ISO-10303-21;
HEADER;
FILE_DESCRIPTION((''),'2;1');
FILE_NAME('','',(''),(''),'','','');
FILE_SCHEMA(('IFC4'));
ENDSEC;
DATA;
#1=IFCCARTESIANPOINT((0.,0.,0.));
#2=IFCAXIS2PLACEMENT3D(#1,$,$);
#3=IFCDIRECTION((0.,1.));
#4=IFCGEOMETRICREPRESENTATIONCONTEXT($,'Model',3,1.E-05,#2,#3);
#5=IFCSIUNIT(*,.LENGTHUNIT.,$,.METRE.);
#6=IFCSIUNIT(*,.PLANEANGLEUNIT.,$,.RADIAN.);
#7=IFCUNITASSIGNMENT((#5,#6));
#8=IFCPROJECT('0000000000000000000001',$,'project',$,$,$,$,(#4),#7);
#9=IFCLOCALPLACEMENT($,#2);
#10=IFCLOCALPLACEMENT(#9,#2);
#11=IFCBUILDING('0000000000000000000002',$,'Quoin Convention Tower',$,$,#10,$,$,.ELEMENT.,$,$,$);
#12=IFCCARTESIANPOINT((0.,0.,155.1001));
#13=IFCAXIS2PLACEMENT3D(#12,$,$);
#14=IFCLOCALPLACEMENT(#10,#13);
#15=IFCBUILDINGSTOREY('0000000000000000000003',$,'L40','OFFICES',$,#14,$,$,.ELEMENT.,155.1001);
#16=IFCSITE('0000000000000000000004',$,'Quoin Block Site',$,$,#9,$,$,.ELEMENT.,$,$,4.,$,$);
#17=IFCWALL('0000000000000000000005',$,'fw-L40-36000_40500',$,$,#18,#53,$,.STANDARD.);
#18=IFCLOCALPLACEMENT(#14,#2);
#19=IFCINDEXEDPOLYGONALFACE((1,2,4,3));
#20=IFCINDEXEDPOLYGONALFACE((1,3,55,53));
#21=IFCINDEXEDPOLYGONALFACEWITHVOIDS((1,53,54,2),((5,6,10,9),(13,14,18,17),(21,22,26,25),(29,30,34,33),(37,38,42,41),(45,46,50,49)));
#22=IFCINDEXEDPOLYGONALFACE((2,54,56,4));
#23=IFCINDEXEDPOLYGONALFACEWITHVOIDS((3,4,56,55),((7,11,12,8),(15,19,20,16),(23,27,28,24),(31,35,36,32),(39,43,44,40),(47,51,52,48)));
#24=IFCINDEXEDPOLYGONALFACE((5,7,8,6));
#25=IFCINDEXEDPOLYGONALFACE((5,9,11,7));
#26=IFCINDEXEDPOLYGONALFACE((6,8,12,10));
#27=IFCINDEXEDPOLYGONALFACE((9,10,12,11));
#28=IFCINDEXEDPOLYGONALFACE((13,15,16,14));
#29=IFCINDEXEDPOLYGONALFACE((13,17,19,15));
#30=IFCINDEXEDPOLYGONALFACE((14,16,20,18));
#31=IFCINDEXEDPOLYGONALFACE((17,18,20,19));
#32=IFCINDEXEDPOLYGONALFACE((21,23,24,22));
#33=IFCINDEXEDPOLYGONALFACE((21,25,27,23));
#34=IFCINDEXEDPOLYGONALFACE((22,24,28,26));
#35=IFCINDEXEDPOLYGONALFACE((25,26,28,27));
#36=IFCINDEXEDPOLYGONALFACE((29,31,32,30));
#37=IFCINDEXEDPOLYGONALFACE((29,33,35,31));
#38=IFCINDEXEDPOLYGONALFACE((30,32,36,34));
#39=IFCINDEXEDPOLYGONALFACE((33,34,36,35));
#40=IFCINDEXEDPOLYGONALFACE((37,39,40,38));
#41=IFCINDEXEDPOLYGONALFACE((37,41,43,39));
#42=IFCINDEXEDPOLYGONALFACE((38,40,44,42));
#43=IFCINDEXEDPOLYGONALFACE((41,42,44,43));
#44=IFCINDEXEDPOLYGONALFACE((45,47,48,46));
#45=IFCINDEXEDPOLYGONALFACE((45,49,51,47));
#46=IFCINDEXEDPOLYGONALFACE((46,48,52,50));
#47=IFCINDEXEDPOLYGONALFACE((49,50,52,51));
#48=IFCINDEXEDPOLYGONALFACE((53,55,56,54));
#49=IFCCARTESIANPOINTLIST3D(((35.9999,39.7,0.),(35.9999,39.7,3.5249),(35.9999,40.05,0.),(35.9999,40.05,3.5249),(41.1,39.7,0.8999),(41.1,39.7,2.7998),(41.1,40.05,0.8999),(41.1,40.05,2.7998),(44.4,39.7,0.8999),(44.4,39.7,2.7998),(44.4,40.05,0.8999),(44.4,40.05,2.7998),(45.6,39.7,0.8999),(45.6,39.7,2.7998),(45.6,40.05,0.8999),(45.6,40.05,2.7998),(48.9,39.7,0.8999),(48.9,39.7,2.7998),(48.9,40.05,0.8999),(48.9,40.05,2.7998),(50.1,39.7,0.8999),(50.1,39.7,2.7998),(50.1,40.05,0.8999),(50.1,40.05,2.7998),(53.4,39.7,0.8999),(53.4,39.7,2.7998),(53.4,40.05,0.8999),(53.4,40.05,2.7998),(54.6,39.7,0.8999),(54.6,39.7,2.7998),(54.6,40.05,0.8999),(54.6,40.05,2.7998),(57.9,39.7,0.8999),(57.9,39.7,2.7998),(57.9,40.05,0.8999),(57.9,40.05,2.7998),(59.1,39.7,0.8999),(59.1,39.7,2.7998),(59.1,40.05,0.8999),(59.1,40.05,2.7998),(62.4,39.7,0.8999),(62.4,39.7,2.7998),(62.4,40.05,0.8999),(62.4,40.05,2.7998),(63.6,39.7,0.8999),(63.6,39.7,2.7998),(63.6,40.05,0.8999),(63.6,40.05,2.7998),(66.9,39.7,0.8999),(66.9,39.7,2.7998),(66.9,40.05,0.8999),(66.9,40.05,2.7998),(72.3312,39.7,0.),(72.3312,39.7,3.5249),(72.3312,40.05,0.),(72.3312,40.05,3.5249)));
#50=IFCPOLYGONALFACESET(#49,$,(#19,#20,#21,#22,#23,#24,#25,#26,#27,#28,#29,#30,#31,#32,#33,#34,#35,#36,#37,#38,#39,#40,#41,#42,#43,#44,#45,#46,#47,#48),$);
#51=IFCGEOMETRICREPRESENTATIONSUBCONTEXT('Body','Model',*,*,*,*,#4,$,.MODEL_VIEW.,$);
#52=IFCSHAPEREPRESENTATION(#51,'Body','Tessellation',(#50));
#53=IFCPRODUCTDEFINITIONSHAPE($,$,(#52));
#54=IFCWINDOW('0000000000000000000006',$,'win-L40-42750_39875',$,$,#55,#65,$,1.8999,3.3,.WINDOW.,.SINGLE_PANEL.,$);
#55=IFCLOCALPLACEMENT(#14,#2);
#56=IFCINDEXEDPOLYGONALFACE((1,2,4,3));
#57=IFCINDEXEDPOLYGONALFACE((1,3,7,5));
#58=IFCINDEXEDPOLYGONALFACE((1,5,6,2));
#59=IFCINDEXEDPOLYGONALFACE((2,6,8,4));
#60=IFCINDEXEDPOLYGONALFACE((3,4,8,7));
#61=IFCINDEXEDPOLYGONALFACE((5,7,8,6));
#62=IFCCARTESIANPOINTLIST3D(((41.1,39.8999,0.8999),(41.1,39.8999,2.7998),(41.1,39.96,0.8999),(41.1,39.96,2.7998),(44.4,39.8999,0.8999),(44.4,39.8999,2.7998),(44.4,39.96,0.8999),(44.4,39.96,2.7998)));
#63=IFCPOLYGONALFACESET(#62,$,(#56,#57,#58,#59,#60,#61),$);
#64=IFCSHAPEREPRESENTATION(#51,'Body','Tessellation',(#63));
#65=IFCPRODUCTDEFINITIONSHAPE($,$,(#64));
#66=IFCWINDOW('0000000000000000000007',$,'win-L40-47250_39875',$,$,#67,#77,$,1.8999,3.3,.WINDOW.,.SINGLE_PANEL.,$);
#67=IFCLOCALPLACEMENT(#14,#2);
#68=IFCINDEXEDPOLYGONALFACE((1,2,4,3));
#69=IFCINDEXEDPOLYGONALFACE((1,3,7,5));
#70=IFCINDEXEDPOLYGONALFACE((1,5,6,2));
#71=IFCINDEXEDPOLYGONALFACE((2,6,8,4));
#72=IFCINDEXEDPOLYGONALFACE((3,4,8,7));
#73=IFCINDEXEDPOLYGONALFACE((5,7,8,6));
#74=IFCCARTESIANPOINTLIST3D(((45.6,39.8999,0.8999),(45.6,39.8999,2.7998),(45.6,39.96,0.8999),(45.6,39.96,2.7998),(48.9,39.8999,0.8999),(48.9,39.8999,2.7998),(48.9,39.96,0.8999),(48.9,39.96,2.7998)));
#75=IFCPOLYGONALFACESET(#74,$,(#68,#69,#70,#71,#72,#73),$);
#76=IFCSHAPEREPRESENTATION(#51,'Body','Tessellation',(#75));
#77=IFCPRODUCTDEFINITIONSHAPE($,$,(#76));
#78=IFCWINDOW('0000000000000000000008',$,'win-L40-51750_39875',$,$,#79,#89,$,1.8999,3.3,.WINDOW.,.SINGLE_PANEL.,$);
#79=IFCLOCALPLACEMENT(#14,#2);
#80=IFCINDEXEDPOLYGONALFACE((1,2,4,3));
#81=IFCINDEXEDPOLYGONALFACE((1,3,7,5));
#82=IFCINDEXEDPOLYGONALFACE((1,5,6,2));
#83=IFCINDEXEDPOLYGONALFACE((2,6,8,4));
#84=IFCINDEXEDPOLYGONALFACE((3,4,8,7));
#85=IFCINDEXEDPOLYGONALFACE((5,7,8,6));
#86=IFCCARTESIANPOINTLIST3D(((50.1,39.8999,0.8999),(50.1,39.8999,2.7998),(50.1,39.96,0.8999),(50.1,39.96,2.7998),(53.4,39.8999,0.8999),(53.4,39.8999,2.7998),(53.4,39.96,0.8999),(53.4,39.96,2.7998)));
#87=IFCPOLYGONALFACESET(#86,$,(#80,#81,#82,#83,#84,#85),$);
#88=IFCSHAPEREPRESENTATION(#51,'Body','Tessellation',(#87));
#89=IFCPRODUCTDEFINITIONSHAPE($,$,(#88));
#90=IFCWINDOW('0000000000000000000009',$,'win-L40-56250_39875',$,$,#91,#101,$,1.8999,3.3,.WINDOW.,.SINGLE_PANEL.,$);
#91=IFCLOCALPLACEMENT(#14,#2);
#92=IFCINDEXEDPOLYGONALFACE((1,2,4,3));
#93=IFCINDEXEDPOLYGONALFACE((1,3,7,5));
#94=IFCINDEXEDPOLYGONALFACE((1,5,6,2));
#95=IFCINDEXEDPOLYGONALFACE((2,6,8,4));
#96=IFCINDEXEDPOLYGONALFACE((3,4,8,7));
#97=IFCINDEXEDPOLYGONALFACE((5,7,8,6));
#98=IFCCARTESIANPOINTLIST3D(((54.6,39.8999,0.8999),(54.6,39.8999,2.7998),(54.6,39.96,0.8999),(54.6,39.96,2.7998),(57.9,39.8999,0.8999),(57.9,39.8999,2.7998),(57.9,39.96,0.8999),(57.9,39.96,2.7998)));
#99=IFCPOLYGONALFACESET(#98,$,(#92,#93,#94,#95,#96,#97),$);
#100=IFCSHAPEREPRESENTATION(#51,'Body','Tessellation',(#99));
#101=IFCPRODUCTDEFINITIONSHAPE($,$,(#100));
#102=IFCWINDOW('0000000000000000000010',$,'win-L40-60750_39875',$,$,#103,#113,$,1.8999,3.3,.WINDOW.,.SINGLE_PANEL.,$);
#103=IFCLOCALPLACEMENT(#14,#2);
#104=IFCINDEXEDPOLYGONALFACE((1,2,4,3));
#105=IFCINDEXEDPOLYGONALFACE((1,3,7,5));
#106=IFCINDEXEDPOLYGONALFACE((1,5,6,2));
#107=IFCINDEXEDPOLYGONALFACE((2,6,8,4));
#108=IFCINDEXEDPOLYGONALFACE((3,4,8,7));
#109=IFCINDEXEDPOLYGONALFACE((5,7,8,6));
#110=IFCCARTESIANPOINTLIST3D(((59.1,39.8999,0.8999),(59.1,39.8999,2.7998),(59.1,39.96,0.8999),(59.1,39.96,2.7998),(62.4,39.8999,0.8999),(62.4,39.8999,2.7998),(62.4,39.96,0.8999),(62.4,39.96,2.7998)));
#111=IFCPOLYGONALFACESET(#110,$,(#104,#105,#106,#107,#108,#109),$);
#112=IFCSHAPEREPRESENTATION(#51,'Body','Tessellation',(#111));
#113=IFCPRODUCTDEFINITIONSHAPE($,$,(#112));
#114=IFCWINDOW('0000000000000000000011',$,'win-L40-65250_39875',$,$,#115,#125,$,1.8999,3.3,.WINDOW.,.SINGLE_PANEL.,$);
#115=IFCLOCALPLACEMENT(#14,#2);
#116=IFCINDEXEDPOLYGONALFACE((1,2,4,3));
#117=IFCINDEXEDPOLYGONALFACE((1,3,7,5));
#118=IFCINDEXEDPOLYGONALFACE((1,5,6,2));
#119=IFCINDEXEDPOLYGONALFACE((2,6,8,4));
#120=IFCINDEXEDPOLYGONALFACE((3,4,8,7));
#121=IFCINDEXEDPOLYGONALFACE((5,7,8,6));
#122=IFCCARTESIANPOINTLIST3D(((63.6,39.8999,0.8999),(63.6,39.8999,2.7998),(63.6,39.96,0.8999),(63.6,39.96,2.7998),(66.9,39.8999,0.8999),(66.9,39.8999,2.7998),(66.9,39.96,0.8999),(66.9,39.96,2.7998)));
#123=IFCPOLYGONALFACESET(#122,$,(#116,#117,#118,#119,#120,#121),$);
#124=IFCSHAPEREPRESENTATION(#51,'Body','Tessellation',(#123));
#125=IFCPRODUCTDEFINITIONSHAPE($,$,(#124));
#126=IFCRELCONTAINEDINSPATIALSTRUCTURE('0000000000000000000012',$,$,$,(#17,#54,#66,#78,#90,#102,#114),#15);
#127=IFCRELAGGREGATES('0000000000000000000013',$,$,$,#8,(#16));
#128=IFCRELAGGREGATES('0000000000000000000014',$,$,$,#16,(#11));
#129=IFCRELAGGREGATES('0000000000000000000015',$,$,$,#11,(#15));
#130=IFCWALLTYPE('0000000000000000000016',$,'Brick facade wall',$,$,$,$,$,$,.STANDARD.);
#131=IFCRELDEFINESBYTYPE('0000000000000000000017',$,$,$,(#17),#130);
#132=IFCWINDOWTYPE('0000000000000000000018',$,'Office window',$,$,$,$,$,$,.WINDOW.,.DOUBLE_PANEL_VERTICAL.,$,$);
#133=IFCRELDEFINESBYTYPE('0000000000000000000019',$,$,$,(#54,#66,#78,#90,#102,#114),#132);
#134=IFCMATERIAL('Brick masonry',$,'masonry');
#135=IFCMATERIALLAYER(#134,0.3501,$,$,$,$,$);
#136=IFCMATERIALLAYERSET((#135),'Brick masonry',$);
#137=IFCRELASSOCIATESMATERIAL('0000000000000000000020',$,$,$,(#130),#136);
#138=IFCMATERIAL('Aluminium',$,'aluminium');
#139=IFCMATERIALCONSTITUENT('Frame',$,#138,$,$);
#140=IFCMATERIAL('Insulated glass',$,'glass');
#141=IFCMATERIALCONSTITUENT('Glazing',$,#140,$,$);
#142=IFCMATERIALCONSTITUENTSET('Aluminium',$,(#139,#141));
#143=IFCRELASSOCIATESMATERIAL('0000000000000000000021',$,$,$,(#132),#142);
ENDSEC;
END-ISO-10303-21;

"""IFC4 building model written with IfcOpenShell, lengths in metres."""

from ifc_helpers import new_model, si_unit, direction, frame, frame_2d, origin, place, context, subcontext, project, spatial, rectangle, extrude, material, layer, layer_set, constituent, constituent_set, type_object, element, fill, save


model = new_model("IFC4")

# Units and contexts
model_context = context("Model", 3, precision=1e-05, world=origin(), true_north=direction((0.0, 1.0)))
body_context = subcontext(model_context, "Body", "Model", "MODEL_VIEW")
ifc_project = project(units=[si_unit("LENGTHUNIT", "METRE"), si_unit("PLANEANGLEUNIT", "RADIAN")], contexts=[model_context])

# Site, building, storey
site_placement = place(None, origin())
site = spatial("IfcSite", under=ifc_project, at=site_placement, Name="Quoin Block Site", CompositionType="ELEMENT", RefElevation=4.0)
building_placement = place(site_placement, origin())
building = spatial("IfcBuilding", under=site, at=building_placement, Name="Quoin Convention Tower", CompositionType="ELEMENT")
storey_placement = place(building_placement, frame((0.0, 0.0, 155.1001)))
storey = spatial("IfcBuildingStorey", under=building, at=storey_placement, Name="L40", Description="OFFICES", CompositionType="ELEMENT", Elevation=155.1001)

# Wall, openings, windows
ifc_material_1 = material(Name="Brick masonry", Category="masonry")
ifc_layer_1 = layer(ifc_material_1, 0.3501)
ifc_layer_set_1 = layer_set([ifc_layer_1], Name="Brick masonry")
wall_type = type_object("IfcWallType", Name="Brick facade wall", PredefinedType="STANDARD", material=ifc_layer_set_1)
wall_1_placement = place(storey_placement, frame((36.0, 39.875, 0.0), z_axis=(0.0, 0.0, 1.0), x_axis=(1.0, 0.0, 0.0)))
wall_1 = element("IfcWall", 1, at=wall_1_placement, inside=storey, type_object=wall_type, Name="fw-L40-36000_40500", PredefinedType="STANDARD", context=body_context, shape_type="SweptSolid", body=[
    extrude(rectangle(XDim=36.3313, YDim=0.3501, at=frame_2d((18.1655, 0.0))), origin(), (0.0, 0.0, 1.0), 3.5249),
])
opening_1_placement = place(wall_1_placement, frame((5.1001, 0.0, 0.8999)))
opening_1 = element("IfcOpeningElement", 2, at=opening_1_placement, cuts=wall_1, PredefinedType="OPENING", context=body_context, shape_type="SweptSolid", body=[
    extrude(rectangle(XDim=3.3, YDim=1.8999, at=frame_2d((1.6499, 0.95))), frame((0.0, 0.1851, 0.0), z_axis=(0.0, -1.0, 0.0), x_axis=(1.0, 0.0, 0.0)), (0.0, 0.0, 1.0), 0.3701),
])
opening_2_placement = place(wall_1_placement, frame((9.6001, 0.0, 0.8999)))
opening_2 = element("IfcOpeningElement", 3, at=opening_2_placement, cuts=wall_1, PredefinedType="OPENING", context=body_context, shape_type="SweptSolid", body=[
    extrude(rectangle(XDim=3.3, YDim=1.8999, at=frame_2d((1.6499, 0.95))), frame((0.0, 0.1851, 0.0), z_axis=(0.0, -1.0, 0.0), x_axis=(1.0, 0.0, 0.0)), (0.0, 0.0, 1.0), 0.3701),
])
opening_3_placement = place(wall_1_placement, frame((14.1001, 0.0, 0.8999)))
opening_3 = element("IfcOpeningElement", 4, at=opening_3_placement, cuts=wall_1, PredefinedType="OPENING", context=body_context, shape_type="SweptSolid", body=[
    extrude(rectangle(XDim=3.3, YDim=1.8999, at=frame_2d((1.6499, 0.95))), frame((0.0, 0.1851, 0.0), z_axis=(0.0, -1.0, 0.0), x_axis=(1.0, 0.0, 0.0)), (0.0, 0.0, 1.0), 0.3701),
])
opening_4_placement = place(wall_1_placement, frame((18.6001, 0.0, 0.8999)))
opening_4 = element("IfcOpeningElement", 5, at=opening_4_placement, cuts=wall_1, PredefinedType="OPENING", context=body_context, shape_type="SweptSolid", body=[
    extrude(rectangle(XDim=3.3, YDim=1.8999, at=frame_2d((1.6499, 0.95))), frame((0.0, 0.1851, 0.0), z_axis=(0.0, -1.0, 0.0), x_axis=(1.0, 0.0, 0.0)), (0.0, 0.0, 1.0), 0.3701),
])
opening_5_placement = place(wall_1_placement, frame((23.1001, 0.0, 0.8999)))
opening_5 = element("IfcOpeningElement", 6, at=opening_5_placement, cuts=wall_1, PredefinedType="OPENING", context=body_context, shape_type="SweptSolid", body=[
    extrude(rectangle(XDim=3.3, YDim=1.8999, at=frame_2d((1.6499, 0.95))), frame((0.0, 0.1851, 0.0), z_axis=(0.0, -1.0, 0.0), x_axis=(1.0, 0.0, 0.0)), (0.0, 0.0, 1.0), 0.3701),
])
opening_6_placement = place(wall_1_placement, frame((27.6001, 0.0, 0.8999)))
opening_6 = element("IfcOpeningElement", 7, at=opening_6_placement, cuts=wall_1, PredefinedType="OPENING", context=body_context, shape_type="SweptSolid", body=[
    extrude(rectangle(XDim=3.3, YDim=1.8999, at=frame_2d((1.6499, 0.95))), frame((0.0, 0.1851, 0.0), z_axis=(0.0, -1.0, 0.0), x_axis=(1.0, 0.0, 0.0)), (0.0, 0.0, 1.0), 0.3701),
])
ifc_material_2 = material(Name="Aluminium", Category="aluminium")
ifc_constituent_1 = constituent(ifc_material_2, Name="Frame")
ifc_material_3 = material(Name="Insulated glass", Category="glass")
ifc_constituent_2 = constituent(ifc_material_3, Name="Glazing")
ifc_constituent_set = constituent_set(constituents=[ifc_constituent_1, ifc_constituent_2], Name="Aluminium")
window_type = type_object("IfcWindowType", Name="Office window", PartitioningType="DOUBLE_PANEL_VERTICAL", PredefinedType="WINDOW", material=ifc_constituent_set)
window_1_placement = place(opening_1_placement, origin())
window_1 = element("IfcWindow", 8, at=window_1_placement, inside=storey, type_object=window_type, Name="win-L40-42750_39875", OverallHeight=1.8999, OverallWidth=3.3, PartitioningType="SINGLE_PANEL", PredefinedType="WINDOW", context=body_context, shape_type="SweptSolid", body=[
    extrude(rectangle(XDim=3.3, YDim=1.8999, at=frame_2d((1.6499, 0.95))), frame((0.0, 0.085, 0.0), z_axis=(0.0, -1.0, 0.0), x_axis=(1.0, 0.0, 0.0)), (0.0, 0.0, 1.0), 0.0601),
])
fill(opening_1, window_1)
window_2_placement = place(opening_2_placement, origin())
window_2 = element("IfcWindow", 9, at=window_2_placement, inside=storey, type_object=window_type, Name="win-L40-47250_39875", OverallHeight=1.8999, OverallWidth=3.3, PartitioningType="SINGLE_PANEL", PredefinedType="WINDOW", context=body_context, shape_type="SweptSolid", body=[
    extrude(rectangle(XDim=3.3, YDim=1.8999, at=frame_2d((1.6499, 0.95))), frame((0.0, 0.085, 0.0), z_axis=(0.0, -1.0, 0.0), x_axis=(1.0, 0.0, 0.0)), (0.0, 0.0, 1.0), 0.0601),
])
fill(opening_2, window_2)
window_3_placement = place(opening_3_placement, origin())
window_3 = element("IfcWindow", 10, at=window_3_placement, inside=storey, type_object=window_type, Name="win-L40-51750_39875", OverallHeight=1.8999, OverallWidth=3.3, PartitioningType="SINGLE_PANEL", PredefinedType="WINDOW", context=body_context, shape_type="SweptSolid", body=[
    extrude(rectangle(XDim=3.3, YDim=1.8999, at=frame_2d((1.6499, 0.95))), frame((0.0, 0.085, 0.0), z_axis=(0.0, -1.0, 0.0), x_axis=(1.0, 0.0, 0.0)), (0.0, 0.0, 1.0), 0.0601),
])
fill(opening_3, window_3)
window_4_placement = place(opening_4_placement, origin())
window_4 = element("IfcWindow", 11, at=window_4_placement, inside=storey, type_object=window_type, Name="win-L40-56250_39875", OverallHeight=1.8999, OverallWidth=3.3, PartitioningType="SINGLE_PANEL", PredefinedType="WINDOW", context=body_context, shape_type="SweptSolid", body=[
    extrude(rectangle(XDim=3.3, YDim=1.8999, at=frame_2d((1.6499, 0.95))), frame((0.0, 0.085, 0.0), z_axis=(0.0, -1.0, 0.0), x_axis=(1.0, 0.0, 0.0)), (0.0, 0.0, 1.0), 0.0601),
])
fill(opening_4, window_4)
window_5_placement = place(opening_5_placement, origin())
window_5 = element("IfcWindow", 12, at=window_5_placement, inside=storey, type_object=window_type, Name="win-L40-60750_39875", OverallHeight=1.8999, OverallWidth=3.3, PartitioningType="SINGLE_PANEL", PredefinedType="WINDOW", context=body_context, shape_type="SweptSolid", body=[
    extrude(rectangle(XDim=3.3, YDim=1.8999, at=frame_2d((1.6499, 0.95))), frame((0.0, 0.085, 0.0), z_axis=(0.0, -1.0, 0.0), x_axis=(1.0, 0.0, 0.0)), (0.0, 0.0, 1.0), 0.0601),
])
fill(opening_5, window_5)
window_6_placement = place(opening_6_placement, origin())
window_6 = element("IfcWindow", 13, at=window_6_placement, inside=storey, type_object=window_type, Name="win-L40-65250_39875", OverallHeight=1.8999, OverallWidth=3.3, PartitioningType="SINGLE_PANEL", PredefinedType="WINDOW", context=body_context, shape_type="SweptSolid", body=[
    extrude(rectangle(XDim=3.3, YDim=1.8999, at=frame_2d((1.6499, 0.95))), frame((0.0, 0.085, 0.0), z_axis=(0.0, -1.0, 0.0), x_axis=(1.0, 0.0, 0.0)), (0.0, 0.0, 1.0), 0.0601),
])
fill(opening_6, window_6)

save(model, "model.ifc")
